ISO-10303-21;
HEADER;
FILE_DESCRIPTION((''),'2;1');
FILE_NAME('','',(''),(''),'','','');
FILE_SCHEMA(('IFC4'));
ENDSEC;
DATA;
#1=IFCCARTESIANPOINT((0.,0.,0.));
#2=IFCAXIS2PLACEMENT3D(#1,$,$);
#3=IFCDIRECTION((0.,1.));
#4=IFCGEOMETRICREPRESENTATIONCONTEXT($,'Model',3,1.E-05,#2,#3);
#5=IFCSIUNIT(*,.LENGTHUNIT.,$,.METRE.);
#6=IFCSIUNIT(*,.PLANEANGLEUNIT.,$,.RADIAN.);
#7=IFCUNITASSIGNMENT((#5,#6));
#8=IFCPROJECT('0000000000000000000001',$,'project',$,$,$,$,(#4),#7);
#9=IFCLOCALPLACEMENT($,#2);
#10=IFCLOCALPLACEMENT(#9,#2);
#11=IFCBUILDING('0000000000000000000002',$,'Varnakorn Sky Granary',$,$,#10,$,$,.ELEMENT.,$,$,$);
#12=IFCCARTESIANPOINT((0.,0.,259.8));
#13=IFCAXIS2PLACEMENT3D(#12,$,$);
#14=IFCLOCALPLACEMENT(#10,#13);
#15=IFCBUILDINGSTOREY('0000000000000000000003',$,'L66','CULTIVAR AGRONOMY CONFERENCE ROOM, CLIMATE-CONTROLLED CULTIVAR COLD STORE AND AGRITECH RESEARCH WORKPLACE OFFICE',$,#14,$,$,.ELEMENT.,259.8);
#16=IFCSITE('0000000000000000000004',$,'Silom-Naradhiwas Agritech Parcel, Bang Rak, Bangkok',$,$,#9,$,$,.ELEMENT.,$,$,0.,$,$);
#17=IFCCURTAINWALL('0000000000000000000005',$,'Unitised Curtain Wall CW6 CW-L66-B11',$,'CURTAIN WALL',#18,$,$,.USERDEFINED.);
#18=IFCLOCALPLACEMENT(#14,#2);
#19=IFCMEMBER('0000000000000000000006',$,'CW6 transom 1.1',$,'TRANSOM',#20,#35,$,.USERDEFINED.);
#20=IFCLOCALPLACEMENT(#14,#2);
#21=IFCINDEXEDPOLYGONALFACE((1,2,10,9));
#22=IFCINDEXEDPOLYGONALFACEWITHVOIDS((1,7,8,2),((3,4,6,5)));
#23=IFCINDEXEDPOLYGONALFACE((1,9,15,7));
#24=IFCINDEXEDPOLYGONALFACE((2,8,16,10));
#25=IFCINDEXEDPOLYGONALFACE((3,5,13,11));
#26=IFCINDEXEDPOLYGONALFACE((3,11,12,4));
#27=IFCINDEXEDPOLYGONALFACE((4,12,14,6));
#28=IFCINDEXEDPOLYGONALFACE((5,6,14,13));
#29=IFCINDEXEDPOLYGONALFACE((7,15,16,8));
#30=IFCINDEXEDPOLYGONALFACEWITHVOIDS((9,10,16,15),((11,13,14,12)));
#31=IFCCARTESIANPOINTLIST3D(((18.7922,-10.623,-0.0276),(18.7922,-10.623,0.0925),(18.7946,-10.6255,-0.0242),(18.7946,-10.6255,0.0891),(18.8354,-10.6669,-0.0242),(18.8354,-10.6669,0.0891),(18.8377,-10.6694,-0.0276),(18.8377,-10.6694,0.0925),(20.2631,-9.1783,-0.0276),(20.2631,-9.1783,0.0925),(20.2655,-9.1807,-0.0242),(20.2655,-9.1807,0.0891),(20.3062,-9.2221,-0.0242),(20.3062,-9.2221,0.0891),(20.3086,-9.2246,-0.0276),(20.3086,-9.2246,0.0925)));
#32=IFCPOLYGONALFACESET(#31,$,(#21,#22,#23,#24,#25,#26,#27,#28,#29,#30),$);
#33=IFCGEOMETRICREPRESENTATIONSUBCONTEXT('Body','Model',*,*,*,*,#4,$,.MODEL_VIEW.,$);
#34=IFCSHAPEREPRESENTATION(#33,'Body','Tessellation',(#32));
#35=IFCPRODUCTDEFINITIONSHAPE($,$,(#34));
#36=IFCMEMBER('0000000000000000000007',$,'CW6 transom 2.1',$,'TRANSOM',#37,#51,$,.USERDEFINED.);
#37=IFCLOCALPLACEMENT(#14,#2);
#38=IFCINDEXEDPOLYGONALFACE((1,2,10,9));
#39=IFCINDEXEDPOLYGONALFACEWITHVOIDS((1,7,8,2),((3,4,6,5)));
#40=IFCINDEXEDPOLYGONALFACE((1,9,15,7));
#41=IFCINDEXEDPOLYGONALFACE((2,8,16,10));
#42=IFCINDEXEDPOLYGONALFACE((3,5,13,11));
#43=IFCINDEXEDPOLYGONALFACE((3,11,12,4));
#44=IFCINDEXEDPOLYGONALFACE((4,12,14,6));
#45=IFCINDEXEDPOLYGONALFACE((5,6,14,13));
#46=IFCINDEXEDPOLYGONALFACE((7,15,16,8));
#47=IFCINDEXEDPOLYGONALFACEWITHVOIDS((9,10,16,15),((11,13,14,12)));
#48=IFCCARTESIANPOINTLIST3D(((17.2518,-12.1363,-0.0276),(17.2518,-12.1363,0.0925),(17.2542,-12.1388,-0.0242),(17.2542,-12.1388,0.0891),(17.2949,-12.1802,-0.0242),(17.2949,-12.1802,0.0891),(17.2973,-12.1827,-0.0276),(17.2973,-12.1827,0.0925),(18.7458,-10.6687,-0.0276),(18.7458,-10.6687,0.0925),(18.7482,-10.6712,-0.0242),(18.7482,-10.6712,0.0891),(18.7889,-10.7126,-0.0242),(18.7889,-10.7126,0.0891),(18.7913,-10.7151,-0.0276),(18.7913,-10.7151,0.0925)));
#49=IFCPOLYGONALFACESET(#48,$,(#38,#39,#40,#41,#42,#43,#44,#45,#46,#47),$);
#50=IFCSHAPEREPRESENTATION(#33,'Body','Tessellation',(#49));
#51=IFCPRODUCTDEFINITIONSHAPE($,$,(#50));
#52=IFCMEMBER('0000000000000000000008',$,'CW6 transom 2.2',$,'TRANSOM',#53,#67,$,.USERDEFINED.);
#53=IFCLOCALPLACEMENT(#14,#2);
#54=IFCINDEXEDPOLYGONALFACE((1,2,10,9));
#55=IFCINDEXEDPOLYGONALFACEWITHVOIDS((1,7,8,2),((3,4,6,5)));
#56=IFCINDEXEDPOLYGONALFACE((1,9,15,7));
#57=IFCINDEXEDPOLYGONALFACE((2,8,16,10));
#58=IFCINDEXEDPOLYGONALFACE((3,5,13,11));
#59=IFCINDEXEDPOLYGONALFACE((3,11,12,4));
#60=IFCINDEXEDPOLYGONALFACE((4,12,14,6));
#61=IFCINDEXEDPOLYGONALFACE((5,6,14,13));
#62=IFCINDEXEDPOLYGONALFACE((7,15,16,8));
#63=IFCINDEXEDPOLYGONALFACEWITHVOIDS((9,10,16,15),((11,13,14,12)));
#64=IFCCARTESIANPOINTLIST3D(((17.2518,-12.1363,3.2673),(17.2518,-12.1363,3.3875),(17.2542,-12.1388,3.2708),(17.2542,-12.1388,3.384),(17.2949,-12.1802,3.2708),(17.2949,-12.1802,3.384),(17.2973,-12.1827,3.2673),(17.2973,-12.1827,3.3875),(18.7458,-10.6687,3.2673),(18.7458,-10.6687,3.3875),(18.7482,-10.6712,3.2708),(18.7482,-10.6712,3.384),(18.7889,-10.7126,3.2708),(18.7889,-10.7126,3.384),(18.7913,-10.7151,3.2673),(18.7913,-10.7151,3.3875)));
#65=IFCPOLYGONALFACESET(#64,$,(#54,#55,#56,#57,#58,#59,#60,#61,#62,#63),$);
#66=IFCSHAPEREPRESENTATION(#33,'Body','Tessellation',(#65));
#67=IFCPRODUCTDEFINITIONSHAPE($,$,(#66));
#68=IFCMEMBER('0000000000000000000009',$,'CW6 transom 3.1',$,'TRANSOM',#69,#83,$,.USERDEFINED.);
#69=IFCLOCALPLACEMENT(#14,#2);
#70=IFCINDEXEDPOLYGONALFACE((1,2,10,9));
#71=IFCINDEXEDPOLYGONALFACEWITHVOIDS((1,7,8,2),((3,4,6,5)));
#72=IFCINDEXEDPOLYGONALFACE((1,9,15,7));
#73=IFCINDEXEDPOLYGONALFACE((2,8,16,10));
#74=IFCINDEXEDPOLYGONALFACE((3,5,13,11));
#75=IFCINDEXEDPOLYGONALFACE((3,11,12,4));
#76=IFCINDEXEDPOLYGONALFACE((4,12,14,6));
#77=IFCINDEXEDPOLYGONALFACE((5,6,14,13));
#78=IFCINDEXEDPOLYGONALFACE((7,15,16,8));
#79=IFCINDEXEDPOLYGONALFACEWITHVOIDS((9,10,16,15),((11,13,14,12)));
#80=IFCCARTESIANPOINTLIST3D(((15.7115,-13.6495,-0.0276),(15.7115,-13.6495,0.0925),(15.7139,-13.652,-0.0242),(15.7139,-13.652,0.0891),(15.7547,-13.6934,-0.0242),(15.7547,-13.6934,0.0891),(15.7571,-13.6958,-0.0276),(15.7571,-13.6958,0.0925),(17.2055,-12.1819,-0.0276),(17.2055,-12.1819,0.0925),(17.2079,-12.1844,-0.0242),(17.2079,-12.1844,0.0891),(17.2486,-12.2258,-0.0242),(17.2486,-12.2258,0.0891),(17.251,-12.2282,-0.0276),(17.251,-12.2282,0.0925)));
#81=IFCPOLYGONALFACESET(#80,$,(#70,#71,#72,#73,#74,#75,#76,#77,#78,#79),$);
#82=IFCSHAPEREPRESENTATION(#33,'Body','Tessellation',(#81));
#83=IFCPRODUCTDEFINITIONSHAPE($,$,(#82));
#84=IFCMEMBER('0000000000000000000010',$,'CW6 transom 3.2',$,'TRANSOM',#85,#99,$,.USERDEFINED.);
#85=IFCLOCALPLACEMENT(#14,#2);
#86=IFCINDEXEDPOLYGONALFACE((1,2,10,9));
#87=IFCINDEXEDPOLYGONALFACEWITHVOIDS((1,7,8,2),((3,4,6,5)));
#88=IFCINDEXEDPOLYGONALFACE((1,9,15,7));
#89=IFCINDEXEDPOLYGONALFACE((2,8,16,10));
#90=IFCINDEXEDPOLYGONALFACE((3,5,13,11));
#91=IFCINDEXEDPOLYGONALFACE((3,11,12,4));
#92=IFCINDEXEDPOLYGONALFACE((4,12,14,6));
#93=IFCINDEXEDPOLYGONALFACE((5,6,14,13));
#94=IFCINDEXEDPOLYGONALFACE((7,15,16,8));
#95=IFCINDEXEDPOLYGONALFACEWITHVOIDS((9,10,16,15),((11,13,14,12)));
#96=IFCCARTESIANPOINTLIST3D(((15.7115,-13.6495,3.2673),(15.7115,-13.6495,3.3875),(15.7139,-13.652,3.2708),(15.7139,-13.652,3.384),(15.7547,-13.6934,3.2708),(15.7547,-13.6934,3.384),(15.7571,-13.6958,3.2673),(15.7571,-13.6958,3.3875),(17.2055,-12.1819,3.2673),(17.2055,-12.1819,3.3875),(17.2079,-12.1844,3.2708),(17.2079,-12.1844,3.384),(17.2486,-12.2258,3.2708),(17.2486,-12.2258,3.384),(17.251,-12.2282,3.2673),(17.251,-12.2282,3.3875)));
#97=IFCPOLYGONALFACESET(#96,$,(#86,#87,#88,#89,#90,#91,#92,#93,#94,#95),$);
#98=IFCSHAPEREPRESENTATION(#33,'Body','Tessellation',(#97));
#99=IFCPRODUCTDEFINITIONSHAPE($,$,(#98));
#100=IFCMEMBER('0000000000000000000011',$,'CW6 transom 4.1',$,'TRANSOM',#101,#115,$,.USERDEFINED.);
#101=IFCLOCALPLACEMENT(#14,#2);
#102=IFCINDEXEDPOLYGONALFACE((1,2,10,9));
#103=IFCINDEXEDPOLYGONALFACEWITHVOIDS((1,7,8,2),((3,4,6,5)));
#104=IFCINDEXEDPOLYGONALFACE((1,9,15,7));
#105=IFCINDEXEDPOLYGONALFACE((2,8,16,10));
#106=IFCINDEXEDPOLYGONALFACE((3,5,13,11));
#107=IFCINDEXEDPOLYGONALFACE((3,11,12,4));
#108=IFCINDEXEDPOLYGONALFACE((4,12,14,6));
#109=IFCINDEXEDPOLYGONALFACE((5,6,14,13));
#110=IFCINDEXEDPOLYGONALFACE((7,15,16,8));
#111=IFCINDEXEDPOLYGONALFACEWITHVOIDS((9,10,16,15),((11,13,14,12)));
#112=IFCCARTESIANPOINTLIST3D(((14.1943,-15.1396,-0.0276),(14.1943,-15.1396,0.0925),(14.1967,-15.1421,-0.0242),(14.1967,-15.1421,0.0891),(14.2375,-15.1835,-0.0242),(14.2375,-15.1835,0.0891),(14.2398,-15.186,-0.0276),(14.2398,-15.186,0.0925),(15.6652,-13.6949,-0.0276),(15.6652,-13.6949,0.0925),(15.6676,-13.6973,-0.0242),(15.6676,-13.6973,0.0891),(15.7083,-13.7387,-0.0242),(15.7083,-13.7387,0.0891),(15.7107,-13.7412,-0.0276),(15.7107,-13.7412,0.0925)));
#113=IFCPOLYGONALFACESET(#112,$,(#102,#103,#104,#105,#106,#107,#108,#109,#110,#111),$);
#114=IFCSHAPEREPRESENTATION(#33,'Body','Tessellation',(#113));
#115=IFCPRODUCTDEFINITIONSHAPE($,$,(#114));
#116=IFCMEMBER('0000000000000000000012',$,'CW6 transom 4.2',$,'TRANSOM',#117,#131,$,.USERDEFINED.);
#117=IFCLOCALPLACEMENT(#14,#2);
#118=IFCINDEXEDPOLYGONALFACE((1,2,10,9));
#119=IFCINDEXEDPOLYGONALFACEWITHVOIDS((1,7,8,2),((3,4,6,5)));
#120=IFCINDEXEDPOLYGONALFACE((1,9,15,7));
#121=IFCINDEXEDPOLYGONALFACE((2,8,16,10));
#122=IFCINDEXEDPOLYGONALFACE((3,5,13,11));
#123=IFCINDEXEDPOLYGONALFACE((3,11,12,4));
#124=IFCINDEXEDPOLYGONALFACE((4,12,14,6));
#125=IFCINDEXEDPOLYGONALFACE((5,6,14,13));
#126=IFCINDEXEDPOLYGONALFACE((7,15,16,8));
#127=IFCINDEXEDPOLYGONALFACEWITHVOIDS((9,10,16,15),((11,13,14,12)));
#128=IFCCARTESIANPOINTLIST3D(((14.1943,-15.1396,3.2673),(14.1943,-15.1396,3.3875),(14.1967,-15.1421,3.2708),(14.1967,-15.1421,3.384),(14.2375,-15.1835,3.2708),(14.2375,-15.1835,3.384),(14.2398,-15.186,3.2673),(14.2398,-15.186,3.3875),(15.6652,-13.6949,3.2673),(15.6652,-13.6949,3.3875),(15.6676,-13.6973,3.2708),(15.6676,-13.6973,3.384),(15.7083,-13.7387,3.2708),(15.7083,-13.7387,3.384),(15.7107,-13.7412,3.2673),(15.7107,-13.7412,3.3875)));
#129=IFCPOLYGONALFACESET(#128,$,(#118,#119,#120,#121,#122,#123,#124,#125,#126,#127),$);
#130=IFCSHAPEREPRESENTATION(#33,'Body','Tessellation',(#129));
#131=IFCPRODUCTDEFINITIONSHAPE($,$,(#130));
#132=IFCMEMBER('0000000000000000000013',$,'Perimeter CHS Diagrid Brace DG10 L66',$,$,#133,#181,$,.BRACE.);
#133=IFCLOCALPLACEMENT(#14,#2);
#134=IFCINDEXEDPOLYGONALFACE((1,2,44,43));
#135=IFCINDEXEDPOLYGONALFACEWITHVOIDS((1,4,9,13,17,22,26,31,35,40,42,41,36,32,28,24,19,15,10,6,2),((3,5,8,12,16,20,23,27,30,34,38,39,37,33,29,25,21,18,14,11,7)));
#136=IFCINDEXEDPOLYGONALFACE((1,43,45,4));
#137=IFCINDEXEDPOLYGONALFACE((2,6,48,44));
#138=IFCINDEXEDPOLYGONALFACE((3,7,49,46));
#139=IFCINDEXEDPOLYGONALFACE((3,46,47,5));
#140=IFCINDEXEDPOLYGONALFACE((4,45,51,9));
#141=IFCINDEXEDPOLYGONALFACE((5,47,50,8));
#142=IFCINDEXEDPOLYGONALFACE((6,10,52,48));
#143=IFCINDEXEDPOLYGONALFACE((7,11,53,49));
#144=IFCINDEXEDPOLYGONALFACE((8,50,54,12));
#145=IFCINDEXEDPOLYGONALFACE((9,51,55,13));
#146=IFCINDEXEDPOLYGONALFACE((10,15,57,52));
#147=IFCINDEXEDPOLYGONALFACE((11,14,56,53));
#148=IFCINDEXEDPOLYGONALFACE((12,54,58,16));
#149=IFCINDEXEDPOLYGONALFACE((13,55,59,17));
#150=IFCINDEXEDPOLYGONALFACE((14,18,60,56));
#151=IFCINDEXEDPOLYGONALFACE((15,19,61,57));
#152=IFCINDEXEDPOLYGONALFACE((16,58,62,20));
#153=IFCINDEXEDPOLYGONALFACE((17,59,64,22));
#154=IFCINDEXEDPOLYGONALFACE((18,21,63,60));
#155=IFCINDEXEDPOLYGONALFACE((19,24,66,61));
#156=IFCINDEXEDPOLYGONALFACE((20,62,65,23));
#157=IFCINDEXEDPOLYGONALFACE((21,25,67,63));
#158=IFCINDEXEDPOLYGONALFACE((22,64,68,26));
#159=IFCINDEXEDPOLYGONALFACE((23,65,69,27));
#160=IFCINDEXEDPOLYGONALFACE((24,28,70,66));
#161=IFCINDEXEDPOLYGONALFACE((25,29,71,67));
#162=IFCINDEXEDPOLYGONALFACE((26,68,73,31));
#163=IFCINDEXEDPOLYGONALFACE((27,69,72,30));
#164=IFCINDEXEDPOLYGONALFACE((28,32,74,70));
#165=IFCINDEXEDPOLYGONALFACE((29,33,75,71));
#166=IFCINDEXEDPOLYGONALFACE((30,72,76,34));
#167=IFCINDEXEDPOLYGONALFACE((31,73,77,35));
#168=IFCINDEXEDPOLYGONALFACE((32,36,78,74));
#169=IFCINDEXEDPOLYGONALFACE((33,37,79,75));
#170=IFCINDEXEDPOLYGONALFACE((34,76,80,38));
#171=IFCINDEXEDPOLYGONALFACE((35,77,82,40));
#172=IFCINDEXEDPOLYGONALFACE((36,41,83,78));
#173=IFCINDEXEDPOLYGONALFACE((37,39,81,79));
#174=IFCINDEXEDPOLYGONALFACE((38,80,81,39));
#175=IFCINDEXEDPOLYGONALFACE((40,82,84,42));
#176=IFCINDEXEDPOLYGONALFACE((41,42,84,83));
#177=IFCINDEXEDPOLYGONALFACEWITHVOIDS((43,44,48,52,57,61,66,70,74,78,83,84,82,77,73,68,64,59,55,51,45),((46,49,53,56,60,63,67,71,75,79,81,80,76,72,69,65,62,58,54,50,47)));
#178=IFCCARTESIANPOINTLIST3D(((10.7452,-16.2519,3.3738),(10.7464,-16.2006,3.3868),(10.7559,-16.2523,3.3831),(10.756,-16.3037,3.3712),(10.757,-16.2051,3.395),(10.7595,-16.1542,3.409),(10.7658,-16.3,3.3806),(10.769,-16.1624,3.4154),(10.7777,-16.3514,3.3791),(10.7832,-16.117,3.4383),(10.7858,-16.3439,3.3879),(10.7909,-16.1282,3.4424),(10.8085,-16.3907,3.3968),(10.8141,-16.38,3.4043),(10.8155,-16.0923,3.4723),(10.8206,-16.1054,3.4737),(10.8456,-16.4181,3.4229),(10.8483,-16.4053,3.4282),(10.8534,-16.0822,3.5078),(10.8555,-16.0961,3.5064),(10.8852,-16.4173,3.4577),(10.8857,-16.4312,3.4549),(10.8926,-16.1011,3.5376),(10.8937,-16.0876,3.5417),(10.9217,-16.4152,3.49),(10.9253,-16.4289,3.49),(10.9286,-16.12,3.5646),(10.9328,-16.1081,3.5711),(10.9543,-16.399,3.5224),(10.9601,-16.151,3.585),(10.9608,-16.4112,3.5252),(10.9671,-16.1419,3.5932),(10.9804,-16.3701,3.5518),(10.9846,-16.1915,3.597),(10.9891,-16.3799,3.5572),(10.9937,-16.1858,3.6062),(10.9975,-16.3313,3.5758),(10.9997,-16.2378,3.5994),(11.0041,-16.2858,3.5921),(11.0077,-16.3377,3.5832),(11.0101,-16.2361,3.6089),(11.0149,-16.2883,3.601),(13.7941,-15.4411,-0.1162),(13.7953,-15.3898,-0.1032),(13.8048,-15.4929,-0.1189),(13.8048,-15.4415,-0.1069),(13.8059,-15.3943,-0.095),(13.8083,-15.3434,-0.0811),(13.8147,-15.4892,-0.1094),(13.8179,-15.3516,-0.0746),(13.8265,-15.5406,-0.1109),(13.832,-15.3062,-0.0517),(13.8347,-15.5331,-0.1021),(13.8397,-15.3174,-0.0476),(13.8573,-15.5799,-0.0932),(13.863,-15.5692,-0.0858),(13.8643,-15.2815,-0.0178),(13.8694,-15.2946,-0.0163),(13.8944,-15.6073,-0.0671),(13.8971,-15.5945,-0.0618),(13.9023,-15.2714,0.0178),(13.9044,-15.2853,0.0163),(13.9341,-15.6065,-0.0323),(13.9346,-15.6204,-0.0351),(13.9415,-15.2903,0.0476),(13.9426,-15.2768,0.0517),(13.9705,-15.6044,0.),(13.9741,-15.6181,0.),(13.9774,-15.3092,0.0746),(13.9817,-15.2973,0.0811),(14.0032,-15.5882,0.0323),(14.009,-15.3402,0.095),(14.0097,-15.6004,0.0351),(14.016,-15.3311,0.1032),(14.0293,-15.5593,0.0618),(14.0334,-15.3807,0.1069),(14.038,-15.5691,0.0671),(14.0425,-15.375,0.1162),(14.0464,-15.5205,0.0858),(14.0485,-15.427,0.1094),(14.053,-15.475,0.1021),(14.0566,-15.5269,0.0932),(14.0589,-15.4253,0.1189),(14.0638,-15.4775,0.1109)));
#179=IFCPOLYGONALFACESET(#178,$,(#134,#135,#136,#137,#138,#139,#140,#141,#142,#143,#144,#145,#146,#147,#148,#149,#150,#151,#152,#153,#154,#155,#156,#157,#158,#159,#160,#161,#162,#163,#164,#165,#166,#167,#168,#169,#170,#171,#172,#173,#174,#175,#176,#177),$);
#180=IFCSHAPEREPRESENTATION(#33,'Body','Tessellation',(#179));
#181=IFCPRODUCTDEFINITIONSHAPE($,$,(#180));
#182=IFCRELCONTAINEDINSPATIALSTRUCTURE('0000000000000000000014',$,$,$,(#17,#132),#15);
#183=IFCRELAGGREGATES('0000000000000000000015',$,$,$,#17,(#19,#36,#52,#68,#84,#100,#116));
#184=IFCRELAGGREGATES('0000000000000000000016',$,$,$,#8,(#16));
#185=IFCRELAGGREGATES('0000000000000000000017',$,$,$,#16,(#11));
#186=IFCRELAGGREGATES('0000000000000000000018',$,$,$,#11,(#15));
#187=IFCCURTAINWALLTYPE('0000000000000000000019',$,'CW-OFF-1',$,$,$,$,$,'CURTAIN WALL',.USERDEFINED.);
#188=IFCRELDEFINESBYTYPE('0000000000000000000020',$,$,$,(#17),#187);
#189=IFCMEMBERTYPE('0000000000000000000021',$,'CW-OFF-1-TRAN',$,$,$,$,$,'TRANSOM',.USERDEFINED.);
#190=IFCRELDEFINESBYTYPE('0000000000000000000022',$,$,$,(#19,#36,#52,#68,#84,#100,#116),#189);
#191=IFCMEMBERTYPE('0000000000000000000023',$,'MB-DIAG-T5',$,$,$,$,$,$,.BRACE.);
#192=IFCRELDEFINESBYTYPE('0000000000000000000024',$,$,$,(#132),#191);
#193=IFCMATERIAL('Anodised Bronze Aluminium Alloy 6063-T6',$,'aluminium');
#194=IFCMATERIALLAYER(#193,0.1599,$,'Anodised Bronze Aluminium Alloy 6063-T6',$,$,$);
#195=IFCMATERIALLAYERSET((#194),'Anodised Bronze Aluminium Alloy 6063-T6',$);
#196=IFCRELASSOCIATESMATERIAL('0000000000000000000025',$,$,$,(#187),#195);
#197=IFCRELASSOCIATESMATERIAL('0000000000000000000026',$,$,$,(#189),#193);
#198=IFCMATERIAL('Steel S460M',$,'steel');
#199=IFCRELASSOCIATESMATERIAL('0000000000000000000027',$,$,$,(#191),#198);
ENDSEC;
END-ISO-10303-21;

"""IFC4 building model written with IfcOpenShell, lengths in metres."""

from ifc_helpers import new_model, si_unit, direction, frame, origin, origin_2d, place, context, subcontext, project, spatial, hollow_rectangle, hollow_circle, extrude, material, layer, layer_set, material_profile, profile_set, type_object, element, aggregate, save


model = new_model("IFC4")

# Units and contexts
model_context = context("Model", 3, precision=1e-05, world=origin(), true_north=direction((0.0, 1.0)))
body_context = subcontext(model_context, "Body", "Model", "MODEL_VIEW")
ifc_project = project(units=[si_unit("LENGTHUNIT", "METRE"), si_unit("PLANEANGLEUNIT", "RADIAN")], contexts=[model_context])

# Site, building, storey
site_placement = place(None, origin())
site = spatial("IfcSite", under=ifc_project, at=site_placement, Name="Silom-Naradhiwas Agritech Parcel, Bang Rak, Bangkok", CompositionType="ELEMENT", RefElevation=0.0)
building_placement = place(site_placement, origin())
building = spatial("IfcBuilding", under=site, at=building_placement, Name="Varnakorn Sky Granary", CompositionType="ELEMENT")
storey_placement = place(building_placement, frame((0.0, 0.0, 259.8)))
storey = spatial("IfcBuildingStorey", under=building, at=storey_placement, Name="L66", Description="CULTIVAR AGRONOMY CONFERENCE ROOM, CLIMATE-CONTROLLED CULTIVAR COLD STORE AND AGRITECH RESEARCH WORKPLACE OFFICE", CompositionType="ELEMENT", Elevation=259.8)

# Shared definitions
ifc_material_1 = material(Name="Steel S460M", Category="steel")

# Shared definitions
ifc_material_2 = material(Name="Anodised Bronze Aluminium Alloy 6063-T6", Category="aluminium")
ifc_layer_1 = layer(ifc_material_2, 0.1599, Name="Anodised Bronze Aluminium Alloy 6063-T6")
ifc_layer_set_1 = layer_set([ifc_layer_1], Name="Anodised Bronze Aluminium Alloy 6063-T6")
curtain_wall_type = type_object("IfcCurtainWallType", Name="CW-OFF-1", ElementType="CURTAIN WALL", PredefinedType="USERDEFINED", material=ifc_layer_set_1)

# Curtain wall, members
curtain_wall_1_placement = place(storey_placement, origin())
curtain_wall_1 = element("IfcCurtainWall", 1, at=curtain_wall_1_placement, inside=storey, type_object=curtain_wall_type, Name="Unitised Curtain Wall CW6 CW-L66-B11", ObjectType="CURTAIN WALL", PredefinedType="USERDEFINED")
ifc_material_profile_1 = material_profile(ifc_material_2, hollow_rectangle(XDim=0.0649, YDim=0.1201, WallThickness=0.0034, at=origin_2d()), Name="ALU TRAN 65x120")
ifc_profile_set_1 = profile_set([ifc_material_profile_1], Name="Anodised Bronze Aluminium Alloy 6063-T6")
member_type_1 = type_object("IfcMemberType", Name="CW-OFF-1-TRAN", ElementType="TRANSOM", PredefinedType="USERDEFINED", material=ifc_profile_set_1)
member_1_placement = place(storey_placement, frame((20.2859, -9.2014, 0.0325), z_axis=(-0.713413, -0.700744, 0.0), x_axis=(0.700744, -0.713413, 0.0)))
member_1 = element("IfcMember", 2, at=member_1_placement, type_object=member_type_1, Name="CW6 transom 1.1", ObjectType="TRANSOM", PredefinedType="USERDEFINED", context=body_context, shape_type="SweptSolid", body=[
    extrude(hollow_rectangle(XDim=0.0649, YDim=0.1201, WallThickness=0.0034, at=origin_2d()), origin(), (0.0, 0.0, 1.0), 2.0618),
])
member_2_placement = place(storey_placement, frame((18.7686, -10.6919, 0.0325), z_axis=(-0.713374, -0.700783, 0.0), x_axis=(0.700783, -0.713374, 0.0)))
member_2 = element("IfcMember", 3, at=member_2_placement, type_object=member_type_1, Name="CW6 transom 2.1", ObjectType="TRANSOM", PredefinedType="USERDEFINED", context=body_context, shape_type="SweptSolid", body=[
    extrude(hollow_rectangle(XDim=0.0649, YDim=0.1201, WallThickness=0.0034, at=origin_2d()), origin(), (0.0, 0.0, 1.0), 2.0942),
])
member_3_placement = place(storey_placement, frame((18.7686, -10.6919, 3.3274), z_axis=(-0.713374, -0.700783, 0.0), x_axis=(0.700783, -0.713374, 0.0)))
member_3 = element("IfcMember", 4, at=member_3_placement, type_object=member_type_1, Name="CW6 transom 2.2", ObjectType="TRANSOM", PredefinedType="USERDEFINED", context=body_context, shape_type="SweptSolid", body=[
    extrude(hollow_rectangle(XDim=0.0649, YDim=0.1201, WallThickness=0.0034, at=origin_2d()), origin(), (0.0, 0.0, 1.0), 2.0942),
])
member_4_placement = place(storey_placement, frame((17.2283, -12.2051, 0.0325), z_axis=(-0.713374, -0.700783, 0.0), x_axis=(0.700783, -0.713374, 0.0)))
member_4 = element("IfcMember", 5, at=member_4_placement, type_object=member_type_1, Name="CW6 transom 3.1", ObjectType="TRANSOM", PredefinedType="USERDEFINED", context=body_context, shape_type="SweptSolid", body=[
    extrude(hollow_rectangle(XDim=0.0649, YDim=0.1201, WallThickness=0.0034, at=origin_2d()), origin(), (0.0, 0.0, 1.0), 2.0942),
])
member_5_placement = place(storey_placement, frame((17.2283, -12.2051, 3.3274), z_axis=(-0.713374, -0.700783, 0.0), x_axis=(0.700783, -0.713374, 0.0)))
member_5 = element("IfcMember", 6, at=member_5_placement, type_object=member_type_1, Name="CW6 transom 3.2", ObjectType="TRANSOM", PredefinedType="USERDEFINED", context=body_context, shape_type="SweptSolid", body=[
    extrude(hollow_rectangle(XDim=0.0649, YDim=0.1201, WallThickness=0.0034, at=origin_2d()), origin(), (0.0, 0.0, 1.0), 2.0942),
])
member_6_placement = place(storey_placement, frame((15.688, -13.718, 0.0325), z_axis=(-0.713413, -0.700744, 0.0), x_axis=(0.700744, -0.713413, 0.0)))
member_6 = element("IfcMember", 7, at=member_6_placement, type_object=member_type_1, Name="CW6 transom 4.1", ObjectType="TRANSOM", PredefinedType="USERDEFINED", context=body_context, shape_type="SweptSolid", body=[
    extrude(hollow_rectangle(XDim=0.0649, YDim=0.1201, WallThickness=0.0034, at=origin_2d()), origin(), (0.0, 0.0, 1.0), 2.0618),
])
member_7_placement = place(storey_placement, frame((15.688, -13.718, 3.3274), z_axis=(-0.713413, -0.700744, 0.0), x_axis=(0.700744, -0.713413, 0.0)))
member_7 = element("IfcMember", 8, at=member_7_placement, type_object=member_type_1, Name="CW6 transom 4.2", ObjectType="TRANSOM", PredefinedType="USERDEFINED", context=body_context, shape_type="SweptSolid", body=[
    extrude(hollow_rectangle(XDim=0.0649, YDim=0.1201, WallThickness=0.0034, at=origin_2d()), origin(), (0.0, 0.0, 1.0), 2.0618),
])

# Member
ifc_material_profile_2 = material_profile(ifc_material_1, hollow_circle(Radius=0.1777, WallThickness=0.0142, at=origin_2d()), Name="CHS 355.6x14")
ifc_profile_set_2 = profile_set([ifc_material_profile_2], Name="Steel S460M")
member_type_2 = type_object("IfcMemberType", Name="MB-DIAG-T5", PredefinedType="BRACE", material=ifc_profile_set_2)
member_8_placement = place(storey_placement, frame((13.9285, -15.4463, 0.0), z_axis=(-0.64806, -0.172342, 0.741833), x_axis=(0.257003, -0.966411, 0.0)))
element("IfcMember", 9, at=member_8_placement, inside=storey, type_object=member_type_2, Name="Perimeter CHS Diagrid Brace DG10 L66", PredefinedType="BRACE", context=body_context, shape_type="SweptSolid", body=[
    extrude(hollow_circle(Radius=0.1777, WallThickness=0.0142, at=origin_2d()), origin(), (0.0, 0.0, 1.0), 4.7046),
])

aggregate(curtain_wall_1, [member_1, member_2, member_3, member_4, member_5, member_6, member_7])

save(model, "model.ifc")
